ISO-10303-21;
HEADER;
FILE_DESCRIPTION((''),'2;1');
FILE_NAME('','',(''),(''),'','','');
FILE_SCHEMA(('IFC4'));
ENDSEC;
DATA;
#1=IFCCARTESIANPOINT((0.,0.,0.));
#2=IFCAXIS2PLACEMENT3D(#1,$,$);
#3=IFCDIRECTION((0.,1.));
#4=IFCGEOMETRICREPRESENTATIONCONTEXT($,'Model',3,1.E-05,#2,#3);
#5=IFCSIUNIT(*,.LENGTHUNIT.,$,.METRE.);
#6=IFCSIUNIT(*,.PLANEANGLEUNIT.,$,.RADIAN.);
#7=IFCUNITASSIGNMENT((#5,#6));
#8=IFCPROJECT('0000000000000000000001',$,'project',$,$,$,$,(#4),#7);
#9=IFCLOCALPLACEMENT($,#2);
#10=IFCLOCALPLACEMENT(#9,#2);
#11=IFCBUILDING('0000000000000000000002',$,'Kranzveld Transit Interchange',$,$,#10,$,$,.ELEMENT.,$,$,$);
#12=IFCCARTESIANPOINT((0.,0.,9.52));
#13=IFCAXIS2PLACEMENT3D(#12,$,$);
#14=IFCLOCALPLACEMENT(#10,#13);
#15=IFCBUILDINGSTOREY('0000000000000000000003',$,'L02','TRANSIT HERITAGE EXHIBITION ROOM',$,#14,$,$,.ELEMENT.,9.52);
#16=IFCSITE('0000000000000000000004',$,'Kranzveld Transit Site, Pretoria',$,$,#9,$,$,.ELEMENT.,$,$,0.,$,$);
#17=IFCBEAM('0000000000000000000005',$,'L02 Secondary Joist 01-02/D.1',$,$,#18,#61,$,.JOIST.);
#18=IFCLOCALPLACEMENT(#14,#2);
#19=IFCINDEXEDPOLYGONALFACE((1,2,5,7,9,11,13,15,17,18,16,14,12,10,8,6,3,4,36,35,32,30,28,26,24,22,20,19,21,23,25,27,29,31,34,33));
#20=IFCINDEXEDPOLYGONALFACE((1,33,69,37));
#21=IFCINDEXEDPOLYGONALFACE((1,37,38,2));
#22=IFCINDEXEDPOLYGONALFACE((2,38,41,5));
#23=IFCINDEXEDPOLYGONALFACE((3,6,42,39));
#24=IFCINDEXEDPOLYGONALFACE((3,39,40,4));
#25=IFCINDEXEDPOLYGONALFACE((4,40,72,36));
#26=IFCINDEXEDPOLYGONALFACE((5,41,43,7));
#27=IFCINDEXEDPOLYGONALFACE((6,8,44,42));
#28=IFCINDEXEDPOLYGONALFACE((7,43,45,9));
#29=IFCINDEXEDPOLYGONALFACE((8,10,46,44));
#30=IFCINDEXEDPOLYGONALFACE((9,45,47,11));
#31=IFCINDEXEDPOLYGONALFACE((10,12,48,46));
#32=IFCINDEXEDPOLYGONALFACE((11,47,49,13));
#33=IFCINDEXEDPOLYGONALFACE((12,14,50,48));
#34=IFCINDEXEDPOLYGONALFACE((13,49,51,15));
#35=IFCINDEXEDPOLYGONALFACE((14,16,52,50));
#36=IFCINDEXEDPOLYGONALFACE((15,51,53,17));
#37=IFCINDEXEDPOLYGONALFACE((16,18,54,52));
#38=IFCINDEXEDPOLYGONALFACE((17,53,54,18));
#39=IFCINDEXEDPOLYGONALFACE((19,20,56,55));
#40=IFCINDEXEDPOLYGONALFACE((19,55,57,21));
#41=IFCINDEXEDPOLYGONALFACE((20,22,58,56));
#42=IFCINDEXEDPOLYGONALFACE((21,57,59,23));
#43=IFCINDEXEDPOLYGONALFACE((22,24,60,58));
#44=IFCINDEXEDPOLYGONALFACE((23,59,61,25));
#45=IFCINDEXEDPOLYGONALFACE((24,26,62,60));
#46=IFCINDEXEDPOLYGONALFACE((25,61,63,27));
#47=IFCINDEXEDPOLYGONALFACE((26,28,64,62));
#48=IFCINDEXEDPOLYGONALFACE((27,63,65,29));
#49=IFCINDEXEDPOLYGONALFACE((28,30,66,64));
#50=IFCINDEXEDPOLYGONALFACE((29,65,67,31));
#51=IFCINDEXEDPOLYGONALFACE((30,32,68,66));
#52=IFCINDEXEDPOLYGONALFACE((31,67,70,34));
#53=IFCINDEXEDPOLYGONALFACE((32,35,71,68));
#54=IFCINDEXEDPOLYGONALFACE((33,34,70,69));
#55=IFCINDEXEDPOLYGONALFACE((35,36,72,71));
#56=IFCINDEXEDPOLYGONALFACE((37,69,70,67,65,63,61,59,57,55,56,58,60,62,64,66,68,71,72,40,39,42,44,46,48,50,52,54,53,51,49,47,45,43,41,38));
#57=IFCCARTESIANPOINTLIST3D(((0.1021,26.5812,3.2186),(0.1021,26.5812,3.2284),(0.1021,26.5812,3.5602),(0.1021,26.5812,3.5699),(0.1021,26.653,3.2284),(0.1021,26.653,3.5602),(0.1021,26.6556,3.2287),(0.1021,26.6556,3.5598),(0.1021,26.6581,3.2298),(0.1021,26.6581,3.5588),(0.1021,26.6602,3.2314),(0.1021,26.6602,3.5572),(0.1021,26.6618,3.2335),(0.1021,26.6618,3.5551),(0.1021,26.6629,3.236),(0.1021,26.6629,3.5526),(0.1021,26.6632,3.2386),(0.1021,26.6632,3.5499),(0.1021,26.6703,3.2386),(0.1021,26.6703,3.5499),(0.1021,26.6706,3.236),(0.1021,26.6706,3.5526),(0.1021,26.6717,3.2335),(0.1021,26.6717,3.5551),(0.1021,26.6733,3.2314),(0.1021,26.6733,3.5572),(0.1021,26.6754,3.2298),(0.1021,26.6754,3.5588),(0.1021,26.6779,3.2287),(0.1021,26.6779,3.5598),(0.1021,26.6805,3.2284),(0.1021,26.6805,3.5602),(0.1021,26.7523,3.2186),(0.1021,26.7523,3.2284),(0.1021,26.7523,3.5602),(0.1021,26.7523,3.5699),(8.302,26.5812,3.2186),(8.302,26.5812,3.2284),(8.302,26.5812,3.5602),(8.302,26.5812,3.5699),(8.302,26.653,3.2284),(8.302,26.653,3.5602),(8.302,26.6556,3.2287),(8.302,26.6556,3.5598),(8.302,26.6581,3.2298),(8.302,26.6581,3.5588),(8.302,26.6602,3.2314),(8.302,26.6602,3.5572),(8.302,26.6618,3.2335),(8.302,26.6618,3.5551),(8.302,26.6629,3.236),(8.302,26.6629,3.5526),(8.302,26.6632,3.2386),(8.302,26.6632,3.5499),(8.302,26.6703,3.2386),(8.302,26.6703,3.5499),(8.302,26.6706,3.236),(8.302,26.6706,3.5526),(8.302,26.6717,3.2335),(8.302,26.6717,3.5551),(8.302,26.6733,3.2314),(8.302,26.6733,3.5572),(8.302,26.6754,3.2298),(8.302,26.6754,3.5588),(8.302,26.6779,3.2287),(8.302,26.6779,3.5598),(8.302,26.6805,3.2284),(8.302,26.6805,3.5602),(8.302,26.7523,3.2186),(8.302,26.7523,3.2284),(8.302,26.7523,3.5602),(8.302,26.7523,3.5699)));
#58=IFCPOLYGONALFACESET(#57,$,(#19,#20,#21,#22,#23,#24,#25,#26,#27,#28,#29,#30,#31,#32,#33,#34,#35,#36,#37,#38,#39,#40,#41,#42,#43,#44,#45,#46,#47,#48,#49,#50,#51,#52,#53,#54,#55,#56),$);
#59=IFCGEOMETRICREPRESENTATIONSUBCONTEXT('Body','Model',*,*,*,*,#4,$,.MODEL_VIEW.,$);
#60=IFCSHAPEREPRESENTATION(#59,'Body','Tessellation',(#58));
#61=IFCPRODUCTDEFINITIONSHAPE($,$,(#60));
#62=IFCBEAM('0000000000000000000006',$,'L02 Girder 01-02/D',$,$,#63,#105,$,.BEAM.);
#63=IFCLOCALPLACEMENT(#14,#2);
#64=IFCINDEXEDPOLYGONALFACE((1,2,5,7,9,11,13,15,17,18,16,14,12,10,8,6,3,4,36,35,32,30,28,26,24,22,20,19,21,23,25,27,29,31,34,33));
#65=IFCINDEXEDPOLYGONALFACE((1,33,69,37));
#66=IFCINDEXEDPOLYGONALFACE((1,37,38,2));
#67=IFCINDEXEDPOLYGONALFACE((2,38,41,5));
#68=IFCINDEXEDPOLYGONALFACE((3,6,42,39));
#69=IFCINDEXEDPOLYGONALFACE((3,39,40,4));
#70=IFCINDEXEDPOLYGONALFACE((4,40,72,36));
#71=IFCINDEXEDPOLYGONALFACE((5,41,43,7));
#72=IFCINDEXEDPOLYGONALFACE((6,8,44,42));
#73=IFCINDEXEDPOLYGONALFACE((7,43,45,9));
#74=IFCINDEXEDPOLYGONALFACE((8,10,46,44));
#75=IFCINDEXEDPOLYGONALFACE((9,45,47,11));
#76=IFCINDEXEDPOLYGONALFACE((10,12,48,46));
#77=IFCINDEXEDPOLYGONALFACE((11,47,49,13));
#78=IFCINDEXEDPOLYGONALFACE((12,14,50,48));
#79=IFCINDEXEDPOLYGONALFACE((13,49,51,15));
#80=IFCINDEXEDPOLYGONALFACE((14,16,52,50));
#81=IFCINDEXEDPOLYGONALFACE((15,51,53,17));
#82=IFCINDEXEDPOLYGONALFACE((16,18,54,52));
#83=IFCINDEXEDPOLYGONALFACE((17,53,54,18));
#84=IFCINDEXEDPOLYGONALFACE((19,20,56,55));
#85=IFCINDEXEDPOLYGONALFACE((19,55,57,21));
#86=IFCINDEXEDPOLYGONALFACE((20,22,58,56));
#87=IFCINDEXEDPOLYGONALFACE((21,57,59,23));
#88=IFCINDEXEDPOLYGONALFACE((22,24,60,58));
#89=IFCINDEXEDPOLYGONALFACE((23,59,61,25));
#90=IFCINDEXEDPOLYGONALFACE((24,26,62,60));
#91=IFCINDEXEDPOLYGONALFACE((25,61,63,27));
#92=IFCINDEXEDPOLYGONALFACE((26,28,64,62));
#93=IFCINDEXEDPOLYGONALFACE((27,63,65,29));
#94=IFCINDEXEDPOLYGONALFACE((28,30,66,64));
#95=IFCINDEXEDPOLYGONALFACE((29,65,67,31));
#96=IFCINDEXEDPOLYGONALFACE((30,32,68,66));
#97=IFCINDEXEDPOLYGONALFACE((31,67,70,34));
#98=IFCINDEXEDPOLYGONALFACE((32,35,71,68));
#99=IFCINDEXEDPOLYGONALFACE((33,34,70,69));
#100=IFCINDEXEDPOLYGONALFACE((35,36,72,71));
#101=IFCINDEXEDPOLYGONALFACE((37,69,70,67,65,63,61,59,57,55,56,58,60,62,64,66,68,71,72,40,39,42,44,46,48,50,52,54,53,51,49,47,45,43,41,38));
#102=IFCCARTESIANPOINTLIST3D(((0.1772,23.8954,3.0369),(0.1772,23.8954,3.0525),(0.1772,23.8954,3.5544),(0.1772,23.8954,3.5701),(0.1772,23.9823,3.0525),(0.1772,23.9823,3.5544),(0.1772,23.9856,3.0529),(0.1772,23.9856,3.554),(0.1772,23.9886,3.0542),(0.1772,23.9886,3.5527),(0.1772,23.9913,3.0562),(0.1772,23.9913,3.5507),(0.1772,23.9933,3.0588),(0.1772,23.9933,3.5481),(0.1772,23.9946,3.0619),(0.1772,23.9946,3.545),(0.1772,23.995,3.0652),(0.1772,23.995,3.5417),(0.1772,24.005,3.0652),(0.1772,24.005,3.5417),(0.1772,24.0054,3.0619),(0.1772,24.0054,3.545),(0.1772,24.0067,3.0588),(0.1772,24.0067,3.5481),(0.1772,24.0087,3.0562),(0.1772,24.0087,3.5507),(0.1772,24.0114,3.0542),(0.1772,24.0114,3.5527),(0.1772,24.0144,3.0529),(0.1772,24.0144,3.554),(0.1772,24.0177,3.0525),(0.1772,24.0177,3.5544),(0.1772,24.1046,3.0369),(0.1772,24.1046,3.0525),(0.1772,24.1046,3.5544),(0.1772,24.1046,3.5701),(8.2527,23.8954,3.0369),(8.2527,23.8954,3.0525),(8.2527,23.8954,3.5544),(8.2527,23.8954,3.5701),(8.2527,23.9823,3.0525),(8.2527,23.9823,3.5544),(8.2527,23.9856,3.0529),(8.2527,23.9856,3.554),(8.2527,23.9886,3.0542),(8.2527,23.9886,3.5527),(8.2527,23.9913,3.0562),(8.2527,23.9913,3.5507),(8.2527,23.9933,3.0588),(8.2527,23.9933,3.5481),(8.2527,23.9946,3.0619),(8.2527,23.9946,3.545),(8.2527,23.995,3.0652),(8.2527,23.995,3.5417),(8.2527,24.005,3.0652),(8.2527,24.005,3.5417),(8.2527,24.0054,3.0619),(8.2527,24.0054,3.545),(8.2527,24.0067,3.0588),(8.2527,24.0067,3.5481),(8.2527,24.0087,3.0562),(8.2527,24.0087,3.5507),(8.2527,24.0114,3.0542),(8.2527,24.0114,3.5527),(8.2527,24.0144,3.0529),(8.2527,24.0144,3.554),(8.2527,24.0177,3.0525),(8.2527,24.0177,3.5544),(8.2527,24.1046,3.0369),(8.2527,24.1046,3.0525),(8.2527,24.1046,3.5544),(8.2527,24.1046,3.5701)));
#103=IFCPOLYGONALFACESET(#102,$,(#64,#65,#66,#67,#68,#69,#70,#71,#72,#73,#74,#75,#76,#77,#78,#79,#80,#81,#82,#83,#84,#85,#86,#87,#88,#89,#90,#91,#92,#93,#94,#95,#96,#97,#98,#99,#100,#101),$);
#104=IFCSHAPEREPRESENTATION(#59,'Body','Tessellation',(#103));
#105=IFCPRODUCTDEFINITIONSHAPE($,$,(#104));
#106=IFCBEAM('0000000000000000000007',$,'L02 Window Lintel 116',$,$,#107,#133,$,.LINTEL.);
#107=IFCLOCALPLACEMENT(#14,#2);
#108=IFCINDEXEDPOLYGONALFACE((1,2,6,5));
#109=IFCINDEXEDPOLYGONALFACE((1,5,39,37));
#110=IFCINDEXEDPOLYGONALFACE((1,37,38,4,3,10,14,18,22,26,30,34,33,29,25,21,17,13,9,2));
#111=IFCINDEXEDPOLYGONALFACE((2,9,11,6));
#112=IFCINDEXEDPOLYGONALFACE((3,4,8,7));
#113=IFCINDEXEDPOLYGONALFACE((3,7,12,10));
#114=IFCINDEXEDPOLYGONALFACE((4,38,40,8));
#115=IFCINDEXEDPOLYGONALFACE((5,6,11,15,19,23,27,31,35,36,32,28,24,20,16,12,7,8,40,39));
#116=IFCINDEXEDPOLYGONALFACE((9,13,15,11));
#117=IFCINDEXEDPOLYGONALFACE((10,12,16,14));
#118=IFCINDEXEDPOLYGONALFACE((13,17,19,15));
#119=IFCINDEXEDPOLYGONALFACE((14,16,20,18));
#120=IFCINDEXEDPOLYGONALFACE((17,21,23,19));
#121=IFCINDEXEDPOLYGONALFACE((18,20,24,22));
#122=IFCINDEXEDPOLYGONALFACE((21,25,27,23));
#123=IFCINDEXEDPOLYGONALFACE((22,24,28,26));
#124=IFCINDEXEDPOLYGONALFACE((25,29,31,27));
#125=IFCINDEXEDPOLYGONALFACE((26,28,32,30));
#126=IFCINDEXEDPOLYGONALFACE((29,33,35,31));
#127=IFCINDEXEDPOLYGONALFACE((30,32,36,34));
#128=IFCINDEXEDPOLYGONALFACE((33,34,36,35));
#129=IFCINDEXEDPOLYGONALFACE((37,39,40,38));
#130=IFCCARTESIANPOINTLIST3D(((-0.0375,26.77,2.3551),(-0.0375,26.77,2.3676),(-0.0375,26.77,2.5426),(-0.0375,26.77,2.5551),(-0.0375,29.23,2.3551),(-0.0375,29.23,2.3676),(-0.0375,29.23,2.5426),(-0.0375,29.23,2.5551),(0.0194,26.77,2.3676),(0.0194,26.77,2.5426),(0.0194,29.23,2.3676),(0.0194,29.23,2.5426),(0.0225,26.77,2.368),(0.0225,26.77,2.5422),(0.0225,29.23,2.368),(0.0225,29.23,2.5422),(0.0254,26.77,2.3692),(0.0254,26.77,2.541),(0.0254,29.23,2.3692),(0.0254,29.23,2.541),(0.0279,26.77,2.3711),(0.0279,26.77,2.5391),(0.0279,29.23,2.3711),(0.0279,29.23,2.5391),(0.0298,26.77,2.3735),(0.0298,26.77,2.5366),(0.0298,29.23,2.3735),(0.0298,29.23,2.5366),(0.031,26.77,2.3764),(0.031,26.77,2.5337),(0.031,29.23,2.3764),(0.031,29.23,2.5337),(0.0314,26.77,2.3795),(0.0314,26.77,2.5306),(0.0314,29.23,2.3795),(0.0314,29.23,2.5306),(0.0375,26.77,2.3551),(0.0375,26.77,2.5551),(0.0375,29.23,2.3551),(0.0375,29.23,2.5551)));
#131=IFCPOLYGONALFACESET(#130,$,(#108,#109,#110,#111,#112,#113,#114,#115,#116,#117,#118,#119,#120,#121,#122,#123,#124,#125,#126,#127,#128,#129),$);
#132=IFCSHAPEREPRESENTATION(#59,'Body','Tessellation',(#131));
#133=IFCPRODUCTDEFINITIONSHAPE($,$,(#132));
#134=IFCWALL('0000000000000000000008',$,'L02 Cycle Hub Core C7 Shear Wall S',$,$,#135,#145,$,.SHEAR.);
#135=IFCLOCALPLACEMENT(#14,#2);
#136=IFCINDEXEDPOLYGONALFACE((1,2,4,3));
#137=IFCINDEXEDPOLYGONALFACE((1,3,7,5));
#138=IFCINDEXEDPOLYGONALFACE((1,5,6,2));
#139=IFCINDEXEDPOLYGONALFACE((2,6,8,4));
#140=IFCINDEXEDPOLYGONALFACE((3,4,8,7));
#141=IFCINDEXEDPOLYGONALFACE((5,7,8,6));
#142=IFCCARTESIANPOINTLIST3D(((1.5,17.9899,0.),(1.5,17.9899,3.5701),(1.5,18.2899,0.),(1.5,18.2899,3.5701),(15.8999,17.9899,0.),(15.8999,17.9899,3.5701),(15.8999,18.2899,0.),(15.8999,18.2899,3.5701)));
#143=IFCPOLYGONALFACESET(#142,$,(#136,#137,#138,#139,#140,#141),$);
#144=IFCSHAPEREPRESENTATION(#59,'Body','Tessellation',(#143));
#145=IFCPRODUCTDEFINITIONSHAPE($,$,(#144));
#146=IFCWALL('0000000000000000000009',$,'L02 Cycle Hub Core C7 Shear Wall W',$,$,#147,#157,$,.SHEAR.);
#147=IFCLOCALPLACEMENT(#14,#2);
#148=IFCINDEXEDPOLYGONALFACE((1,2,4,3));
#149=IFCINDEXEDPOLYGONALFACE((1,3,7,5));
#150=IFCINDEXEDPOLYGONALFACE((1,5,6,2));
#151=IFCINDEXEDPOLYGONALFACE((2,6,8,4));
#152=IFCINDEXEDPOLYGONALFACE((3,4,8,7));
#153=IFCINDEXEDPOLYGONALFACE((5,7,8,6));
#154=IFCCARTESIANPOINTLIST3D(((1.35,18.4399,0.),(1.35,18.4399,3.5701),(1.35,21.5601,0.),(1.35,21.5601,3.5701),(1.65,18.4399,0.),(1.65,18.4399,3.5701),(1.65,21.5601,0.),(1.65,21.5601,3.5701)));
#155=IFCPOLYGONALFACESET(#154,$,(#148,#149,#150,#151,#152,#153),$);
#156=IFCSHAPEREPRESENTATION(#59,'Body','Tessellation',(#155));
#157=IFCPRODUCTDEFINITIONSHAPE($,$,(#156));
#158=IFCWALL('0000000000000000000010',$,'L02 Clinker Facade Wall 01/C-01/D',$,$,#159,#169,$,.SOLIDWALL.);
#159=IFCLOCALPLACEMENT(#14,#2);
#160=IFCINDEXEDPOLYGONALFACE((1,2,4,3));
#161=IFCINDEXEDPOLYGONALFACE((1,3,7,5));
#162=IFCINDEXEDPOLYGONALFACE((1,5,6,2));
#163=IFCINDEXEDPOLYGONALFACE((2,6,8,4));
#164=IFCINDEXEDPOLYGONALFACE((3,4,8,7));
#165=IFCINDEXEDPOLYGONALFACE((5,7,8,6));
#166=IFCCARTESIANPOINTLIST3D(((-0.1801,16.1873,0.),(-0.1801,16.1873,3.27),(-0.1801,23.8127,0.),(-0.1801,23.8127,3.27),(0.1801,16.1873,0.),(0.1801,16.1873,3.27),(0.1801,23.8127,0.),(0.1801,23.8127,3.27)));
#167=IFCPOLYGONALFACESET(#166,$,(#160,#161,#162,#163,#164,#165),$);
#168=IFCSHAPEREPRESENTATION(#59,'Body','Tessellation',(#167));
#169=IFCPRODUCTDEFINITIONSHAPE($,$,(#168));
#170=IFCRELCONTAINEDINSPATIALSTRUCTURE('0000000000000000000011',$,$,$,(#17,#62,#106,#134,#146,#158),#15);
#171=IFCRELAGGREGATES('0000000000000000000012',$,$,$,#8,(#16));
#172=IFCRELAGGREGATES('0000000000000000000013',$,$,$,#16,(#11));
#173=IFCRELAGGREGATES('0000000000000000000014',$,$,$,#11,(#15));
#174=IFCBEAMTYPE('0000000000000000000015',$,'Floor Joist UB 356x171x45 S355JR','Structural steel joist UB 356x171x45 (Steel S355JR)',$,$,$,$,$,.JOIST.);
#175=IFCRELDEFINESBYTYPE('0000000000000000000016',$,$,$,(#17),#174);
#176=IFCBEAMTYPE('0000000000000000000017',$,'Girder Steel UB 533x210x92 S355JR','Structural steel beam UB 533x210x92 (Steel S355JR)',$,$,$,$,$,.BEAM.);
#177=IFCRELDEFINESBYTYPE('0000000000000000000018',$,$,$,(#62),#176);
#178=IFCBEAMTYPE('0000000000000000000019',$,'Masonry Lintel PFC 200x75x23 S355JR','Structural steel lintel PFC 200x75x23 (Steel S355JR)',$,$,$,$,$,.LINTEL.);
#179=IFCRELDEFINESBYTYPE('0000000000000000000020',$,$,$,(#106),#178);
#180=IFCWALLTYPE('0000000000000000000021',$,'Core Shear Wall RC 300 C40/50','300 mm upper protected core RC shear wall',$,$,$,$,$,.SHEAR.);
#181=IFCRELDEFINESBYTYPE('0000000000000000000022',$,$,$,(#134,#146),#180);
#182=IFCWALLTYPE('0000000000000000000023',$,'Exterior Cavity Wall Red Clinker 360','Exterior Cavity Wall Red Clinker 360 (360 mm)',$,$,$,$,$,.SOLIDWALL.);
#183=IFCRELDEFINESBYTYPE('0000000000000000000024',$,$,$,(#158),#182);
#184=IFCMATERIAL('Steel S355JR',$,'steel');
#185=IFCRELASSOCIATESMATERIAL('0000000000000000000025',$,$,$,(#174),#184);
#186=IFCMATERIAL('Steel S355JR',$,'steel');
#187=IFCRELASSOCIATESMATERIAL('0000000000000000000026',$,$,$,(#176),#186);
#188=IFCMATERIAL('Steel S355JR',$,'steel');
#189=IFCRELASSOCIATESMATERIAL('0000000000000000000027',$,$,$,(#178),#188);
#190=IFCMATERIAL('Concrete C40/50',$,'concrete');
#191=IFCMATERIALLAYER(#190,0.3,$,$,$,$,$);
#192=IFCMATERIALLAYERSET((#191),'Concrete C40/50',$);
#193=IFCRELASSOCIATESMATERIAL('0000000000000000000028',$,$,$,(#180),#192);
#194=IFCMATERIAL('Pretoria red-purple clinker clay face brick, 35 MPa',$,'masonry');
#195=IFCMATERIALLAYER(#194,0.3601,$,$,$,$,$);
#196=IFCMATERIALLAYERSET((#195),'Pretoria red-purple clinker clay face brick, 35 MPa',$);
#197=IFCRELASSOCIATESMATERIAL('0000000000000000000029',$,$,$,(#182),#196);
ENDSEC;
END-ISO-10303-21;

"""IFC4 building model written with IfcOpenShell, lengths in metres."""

from ifc_helpers import new_model, si_unit, direction, frame, frame_2d, origin, origin_2d, place, context, subcontext, project, spatial, rectangle, i_section, u_section, extrude, material, layer, layer_set, material_profile, profile_set, type_object, element, save


model = new_model("IFC4")

# Units and contexts
model_context = context("Model", 3, precision=1e-05, world=origin(), true_north=direction((0.0, 1.0)))
body_context = subcontext(model_context, "Body", "Model", "MODEL_VIEW")
ifc_project = project(units=[si_unit("LENGTHUNIT", "METRE"), si_unit("PLANEANGLEUNIT", "RADIAN")], contexts=[model_context])

# Site, building, storey
site_placement = place(None, origin())
site = spatial("IfcSite", under=ifc_project, at=site_placement, Name="Kranzveld Transit Site, Pretoria", CompositionType="ELEMENT", RefElevation=0.0)
building_placement = place(site_placement, origin())
building = spatial("IfcBuilding", under=site, at=building_placement, Name="Kranzveld Transit Interchange", CompositionType="ELEMENT")
storey_placement = place(building_placement, frame((0.0, 0.0, 9.52)))
storey = spatial("IfcBuildingStorey", under=building, at=storey_placement, Name="L02", Description="TRANSIT HERITAGE EXHIBITION ROOM", CompositionType="ELEMENT", Elevation=9.52)

# Beams
ifc_material_1 = material(Name="Steel S355JR", Category="steel")
ifc_material_profile_1 = material_profile(ifc_material_1, i_section(OverallWidth=0.1711, OverallDepth=0.3513, WebThickness=0.0071, FlangeThickness=0.0098, FilletRadius=0.0103, at=origin_2d()), Name="UB 356x171x45")
ifc_profile_set_1 = profile_set([ifc_material_profile_1], Name="Steel S355JR")
beam_type_1 = type_object("IfcBeamType", Name="Floor Joist UB 356x171x45 S355JR", Description="Structural steel joist UB 356x171x45 (Steel S355JR)", PredefinedType="JOIST", material=ifc_profile_set_1)
beam_1_placement = place(storey_placement, frame((0.1021, 26.6667, 3.3943), z_axis=(1.0, 0.0, 0.0), x_axis=(0.0, 1.0, 0.0)))
element("IfcBeam", 1, at=beam_1_placement, inside=storey, type_object=beam_type_1, Name="L02 Secondary Joist 01-02/D.1", PredefinedType="JOIST", context=body_context, shape_type="SweptSolid", body=[
    extrude(i_section(OverallWidth=0.1711, OverallDepth=0.3513, WebThickness=0.0071, FlangeThickness=0.0098, FilletRadius=0.0103, at=origin_2d()), origin(), (0.0, 0.0, 1.0), 8.2),
])
ifc_material_2 = material(Name="Steel S355JR", Category="steel")
ifc_material_profile_2 = material_profile(ifc_material_2, i_section(OverallWidth=0.2092, OverallDepth=0.5332, WebThickness=0.01, FlangeThickness=0.0156, FilletRadius=0.0127, at=origin_2d()), Name="UB 533x210x92")
ifc_profile_set_2 = profile_set([ifc_material_profile_2], Name="Steel S355JR")
beam_type_2 = type_object("IfcBeamType", Name="Girder Steel UB 533x210x92 S355JR", Description="Structural steel beam UB 533x210x92 (Steel S355JR)", PredefinedType="BEAM", material=ifc_profile_set_2)
beam_2_placement = place(storey_placement, frame((0.1772, 24.0, 3.3035), z_axis=(1.0, 0.0, 0.0), x_axis=(0.0, 1.0, 0.0)))
element("IfcBeam", 2, at=beam_2_placement, inside=storey, type_object=beam_type_2, Name="L02 Girder 01-02/D", PredefinedType="BEAM", context=body_context, shape_type="SweptSolid", body=[
    extrude(i_section(OverallWidth=0.2092, OverallDepth=0.5332, WebThickness=0.01, FlangeThickness=0.0156, FilletRadius=0.0127, at=origin_2d()), origin(), (0.0, 0.0, 1.0), 8.0754),
])
ifc_material_3 = material(Name="Steel S355JR", Category="steel")
ifc_material_profile_3 = material_profile(ifc_material_3, u_section(Depth=0.2, FlangeWidth=0.075, WebThickness=0.0061, FlangeThickness=0.0125, FilletRadius=0.012, at=origin_2d()), Name="PFC 200x75x23")
ifc_profile_set_3 = profile_set([ifc_material_profile_3], Name="Steel S355JR")
beam_type_3 = type_object("IfcBeamType", Name="Masonry Lintel PFC 200x75x23 S355JR", Description="Structural steel lintel PFC 200x75x23 (Steel S355JR)", PredefinedType="LINTEL", material=ifc_profile_set_3)
beam_3_placement = place(storey_placement, frame((0.0, 26.77, 2.4551), z_axis=(0.0, 1.0, 0.0), x_axis=(-1.0, 0.0, 0.0)))
element("IfcBeam", 3, at=beam_3_placement, inside=storey, type_object=beam_type_3, Name="L02 Window Lintel 116", PredefinedType="LINTEL", context=body_context, shape_type="SweptSolid", body=[
    extrude(u_section(Depth=0.2, FlangeWidth=0.075, WebThickness=0.0061, FlangeThickness=0.0125, FilletRadius=0.012, at=origin_2d()), origin(), (0.0, 0.0, 1.0), 2.46),
])

# Wall
ifc_material_4 = material(Name="Concrete C40/50", Category="concrete")
ifc_layer_1 = layer(ifc_material_4, 0.3)
ifc_layer_set_1 = layer_set([ifc_layer_1], Name="Concrete C40/50")
wall_type_1 = type_object("IfcWallType", Name="Core Shear Wall RC 300 C40/50", Description="300 mm upper protected core RC shear wall", PredefinedType="SHEAR", material=ifc_layer_set_1)
wall_1_placement = place(storey_placement, frame((1.5, 18.1399, 0.0), z_axis=(0.0, 0.0, 1.0), x_axis=(1.0, 0.0, 0.0)))
element("IfcWall", 4, at=wall_1_placement, inside=storey, type_object=wall_type_1, Name="L02 Cycle Hub Core C7 Shear Wall S", PredefinedType="SHEAR", context=body_context, shape_type="SweptSolid", body=[
    extrude(rectangle(XDim=14.3999, YDim=0.3, at=frame_2d((7.2, 0.0))), origin(), (0.0, 0.0, 1.0), 3.5701),
])

# Walls
wall_2_placement = place(storey_placement, frame((1.5, 18.4399, 0.0), z_axis=(0.0, 0.0, 1.0), x_axis=(0.0, 1.0, 0.0)))
element("IfcWall", 5, at=wall_2_placement, inside=storey, type_object=wall_type_1, Name="L02 Cycle Hub Core C7 Shear Wall W", PredefinedType="SHEAR", context=body_context, shape_type="SweptSolid", body=[
    extrude(rectangle(XDim=3.1201, YDim=0.3, at=frame_2d((1.5601, 0.0))), origin(), (0.0, 0.0, 1.0), 3.5701),
])
ifc_material_5 = material(Name="Pretoria red-purple clinker clay face brick, 35 MPa", Category="masonry")
ifc_layer_2 = layer(ifc_material_5, 0.3601)
ifc_layer_set_2 = layer_set([ifc_layer_2], Name="Pretoria red-purple clinker clay face brick, 35 MPa")
wall_type_2 = type_object("IfcWallType", Name="Exterior Cavity Wall Red Clinker 360", Description="Exterior Cavity Wall Red Clinker 360 (360 mm)", PredefinedType="SOLIDWALL", material=ifc_layer_set_2)
wall_3_placement = place(storey_placement, frame((0.0, 16.1873, 0.0), z_axis=(0.0, 0.0, 1.0), x_axis=(0.0, 1.0, 0.0)))
element("IfcWall", 6, at=wall_3_placement, inside=storey, type_object=wall_type_2, Name="L02 Clinker Facade Wall 01/C-01/D", PredefinedType="SOLIDWALL", context=body_context, shape_type="SweptSolid", body=[
    extrude(rectangle(XDim=7.6255, YDim=0.3601, at=frame_2d((3.8127, 0.0))), origin(), (0.0, 0.0, 1.0), 3.27),
])

save(model, "model.ifc")
